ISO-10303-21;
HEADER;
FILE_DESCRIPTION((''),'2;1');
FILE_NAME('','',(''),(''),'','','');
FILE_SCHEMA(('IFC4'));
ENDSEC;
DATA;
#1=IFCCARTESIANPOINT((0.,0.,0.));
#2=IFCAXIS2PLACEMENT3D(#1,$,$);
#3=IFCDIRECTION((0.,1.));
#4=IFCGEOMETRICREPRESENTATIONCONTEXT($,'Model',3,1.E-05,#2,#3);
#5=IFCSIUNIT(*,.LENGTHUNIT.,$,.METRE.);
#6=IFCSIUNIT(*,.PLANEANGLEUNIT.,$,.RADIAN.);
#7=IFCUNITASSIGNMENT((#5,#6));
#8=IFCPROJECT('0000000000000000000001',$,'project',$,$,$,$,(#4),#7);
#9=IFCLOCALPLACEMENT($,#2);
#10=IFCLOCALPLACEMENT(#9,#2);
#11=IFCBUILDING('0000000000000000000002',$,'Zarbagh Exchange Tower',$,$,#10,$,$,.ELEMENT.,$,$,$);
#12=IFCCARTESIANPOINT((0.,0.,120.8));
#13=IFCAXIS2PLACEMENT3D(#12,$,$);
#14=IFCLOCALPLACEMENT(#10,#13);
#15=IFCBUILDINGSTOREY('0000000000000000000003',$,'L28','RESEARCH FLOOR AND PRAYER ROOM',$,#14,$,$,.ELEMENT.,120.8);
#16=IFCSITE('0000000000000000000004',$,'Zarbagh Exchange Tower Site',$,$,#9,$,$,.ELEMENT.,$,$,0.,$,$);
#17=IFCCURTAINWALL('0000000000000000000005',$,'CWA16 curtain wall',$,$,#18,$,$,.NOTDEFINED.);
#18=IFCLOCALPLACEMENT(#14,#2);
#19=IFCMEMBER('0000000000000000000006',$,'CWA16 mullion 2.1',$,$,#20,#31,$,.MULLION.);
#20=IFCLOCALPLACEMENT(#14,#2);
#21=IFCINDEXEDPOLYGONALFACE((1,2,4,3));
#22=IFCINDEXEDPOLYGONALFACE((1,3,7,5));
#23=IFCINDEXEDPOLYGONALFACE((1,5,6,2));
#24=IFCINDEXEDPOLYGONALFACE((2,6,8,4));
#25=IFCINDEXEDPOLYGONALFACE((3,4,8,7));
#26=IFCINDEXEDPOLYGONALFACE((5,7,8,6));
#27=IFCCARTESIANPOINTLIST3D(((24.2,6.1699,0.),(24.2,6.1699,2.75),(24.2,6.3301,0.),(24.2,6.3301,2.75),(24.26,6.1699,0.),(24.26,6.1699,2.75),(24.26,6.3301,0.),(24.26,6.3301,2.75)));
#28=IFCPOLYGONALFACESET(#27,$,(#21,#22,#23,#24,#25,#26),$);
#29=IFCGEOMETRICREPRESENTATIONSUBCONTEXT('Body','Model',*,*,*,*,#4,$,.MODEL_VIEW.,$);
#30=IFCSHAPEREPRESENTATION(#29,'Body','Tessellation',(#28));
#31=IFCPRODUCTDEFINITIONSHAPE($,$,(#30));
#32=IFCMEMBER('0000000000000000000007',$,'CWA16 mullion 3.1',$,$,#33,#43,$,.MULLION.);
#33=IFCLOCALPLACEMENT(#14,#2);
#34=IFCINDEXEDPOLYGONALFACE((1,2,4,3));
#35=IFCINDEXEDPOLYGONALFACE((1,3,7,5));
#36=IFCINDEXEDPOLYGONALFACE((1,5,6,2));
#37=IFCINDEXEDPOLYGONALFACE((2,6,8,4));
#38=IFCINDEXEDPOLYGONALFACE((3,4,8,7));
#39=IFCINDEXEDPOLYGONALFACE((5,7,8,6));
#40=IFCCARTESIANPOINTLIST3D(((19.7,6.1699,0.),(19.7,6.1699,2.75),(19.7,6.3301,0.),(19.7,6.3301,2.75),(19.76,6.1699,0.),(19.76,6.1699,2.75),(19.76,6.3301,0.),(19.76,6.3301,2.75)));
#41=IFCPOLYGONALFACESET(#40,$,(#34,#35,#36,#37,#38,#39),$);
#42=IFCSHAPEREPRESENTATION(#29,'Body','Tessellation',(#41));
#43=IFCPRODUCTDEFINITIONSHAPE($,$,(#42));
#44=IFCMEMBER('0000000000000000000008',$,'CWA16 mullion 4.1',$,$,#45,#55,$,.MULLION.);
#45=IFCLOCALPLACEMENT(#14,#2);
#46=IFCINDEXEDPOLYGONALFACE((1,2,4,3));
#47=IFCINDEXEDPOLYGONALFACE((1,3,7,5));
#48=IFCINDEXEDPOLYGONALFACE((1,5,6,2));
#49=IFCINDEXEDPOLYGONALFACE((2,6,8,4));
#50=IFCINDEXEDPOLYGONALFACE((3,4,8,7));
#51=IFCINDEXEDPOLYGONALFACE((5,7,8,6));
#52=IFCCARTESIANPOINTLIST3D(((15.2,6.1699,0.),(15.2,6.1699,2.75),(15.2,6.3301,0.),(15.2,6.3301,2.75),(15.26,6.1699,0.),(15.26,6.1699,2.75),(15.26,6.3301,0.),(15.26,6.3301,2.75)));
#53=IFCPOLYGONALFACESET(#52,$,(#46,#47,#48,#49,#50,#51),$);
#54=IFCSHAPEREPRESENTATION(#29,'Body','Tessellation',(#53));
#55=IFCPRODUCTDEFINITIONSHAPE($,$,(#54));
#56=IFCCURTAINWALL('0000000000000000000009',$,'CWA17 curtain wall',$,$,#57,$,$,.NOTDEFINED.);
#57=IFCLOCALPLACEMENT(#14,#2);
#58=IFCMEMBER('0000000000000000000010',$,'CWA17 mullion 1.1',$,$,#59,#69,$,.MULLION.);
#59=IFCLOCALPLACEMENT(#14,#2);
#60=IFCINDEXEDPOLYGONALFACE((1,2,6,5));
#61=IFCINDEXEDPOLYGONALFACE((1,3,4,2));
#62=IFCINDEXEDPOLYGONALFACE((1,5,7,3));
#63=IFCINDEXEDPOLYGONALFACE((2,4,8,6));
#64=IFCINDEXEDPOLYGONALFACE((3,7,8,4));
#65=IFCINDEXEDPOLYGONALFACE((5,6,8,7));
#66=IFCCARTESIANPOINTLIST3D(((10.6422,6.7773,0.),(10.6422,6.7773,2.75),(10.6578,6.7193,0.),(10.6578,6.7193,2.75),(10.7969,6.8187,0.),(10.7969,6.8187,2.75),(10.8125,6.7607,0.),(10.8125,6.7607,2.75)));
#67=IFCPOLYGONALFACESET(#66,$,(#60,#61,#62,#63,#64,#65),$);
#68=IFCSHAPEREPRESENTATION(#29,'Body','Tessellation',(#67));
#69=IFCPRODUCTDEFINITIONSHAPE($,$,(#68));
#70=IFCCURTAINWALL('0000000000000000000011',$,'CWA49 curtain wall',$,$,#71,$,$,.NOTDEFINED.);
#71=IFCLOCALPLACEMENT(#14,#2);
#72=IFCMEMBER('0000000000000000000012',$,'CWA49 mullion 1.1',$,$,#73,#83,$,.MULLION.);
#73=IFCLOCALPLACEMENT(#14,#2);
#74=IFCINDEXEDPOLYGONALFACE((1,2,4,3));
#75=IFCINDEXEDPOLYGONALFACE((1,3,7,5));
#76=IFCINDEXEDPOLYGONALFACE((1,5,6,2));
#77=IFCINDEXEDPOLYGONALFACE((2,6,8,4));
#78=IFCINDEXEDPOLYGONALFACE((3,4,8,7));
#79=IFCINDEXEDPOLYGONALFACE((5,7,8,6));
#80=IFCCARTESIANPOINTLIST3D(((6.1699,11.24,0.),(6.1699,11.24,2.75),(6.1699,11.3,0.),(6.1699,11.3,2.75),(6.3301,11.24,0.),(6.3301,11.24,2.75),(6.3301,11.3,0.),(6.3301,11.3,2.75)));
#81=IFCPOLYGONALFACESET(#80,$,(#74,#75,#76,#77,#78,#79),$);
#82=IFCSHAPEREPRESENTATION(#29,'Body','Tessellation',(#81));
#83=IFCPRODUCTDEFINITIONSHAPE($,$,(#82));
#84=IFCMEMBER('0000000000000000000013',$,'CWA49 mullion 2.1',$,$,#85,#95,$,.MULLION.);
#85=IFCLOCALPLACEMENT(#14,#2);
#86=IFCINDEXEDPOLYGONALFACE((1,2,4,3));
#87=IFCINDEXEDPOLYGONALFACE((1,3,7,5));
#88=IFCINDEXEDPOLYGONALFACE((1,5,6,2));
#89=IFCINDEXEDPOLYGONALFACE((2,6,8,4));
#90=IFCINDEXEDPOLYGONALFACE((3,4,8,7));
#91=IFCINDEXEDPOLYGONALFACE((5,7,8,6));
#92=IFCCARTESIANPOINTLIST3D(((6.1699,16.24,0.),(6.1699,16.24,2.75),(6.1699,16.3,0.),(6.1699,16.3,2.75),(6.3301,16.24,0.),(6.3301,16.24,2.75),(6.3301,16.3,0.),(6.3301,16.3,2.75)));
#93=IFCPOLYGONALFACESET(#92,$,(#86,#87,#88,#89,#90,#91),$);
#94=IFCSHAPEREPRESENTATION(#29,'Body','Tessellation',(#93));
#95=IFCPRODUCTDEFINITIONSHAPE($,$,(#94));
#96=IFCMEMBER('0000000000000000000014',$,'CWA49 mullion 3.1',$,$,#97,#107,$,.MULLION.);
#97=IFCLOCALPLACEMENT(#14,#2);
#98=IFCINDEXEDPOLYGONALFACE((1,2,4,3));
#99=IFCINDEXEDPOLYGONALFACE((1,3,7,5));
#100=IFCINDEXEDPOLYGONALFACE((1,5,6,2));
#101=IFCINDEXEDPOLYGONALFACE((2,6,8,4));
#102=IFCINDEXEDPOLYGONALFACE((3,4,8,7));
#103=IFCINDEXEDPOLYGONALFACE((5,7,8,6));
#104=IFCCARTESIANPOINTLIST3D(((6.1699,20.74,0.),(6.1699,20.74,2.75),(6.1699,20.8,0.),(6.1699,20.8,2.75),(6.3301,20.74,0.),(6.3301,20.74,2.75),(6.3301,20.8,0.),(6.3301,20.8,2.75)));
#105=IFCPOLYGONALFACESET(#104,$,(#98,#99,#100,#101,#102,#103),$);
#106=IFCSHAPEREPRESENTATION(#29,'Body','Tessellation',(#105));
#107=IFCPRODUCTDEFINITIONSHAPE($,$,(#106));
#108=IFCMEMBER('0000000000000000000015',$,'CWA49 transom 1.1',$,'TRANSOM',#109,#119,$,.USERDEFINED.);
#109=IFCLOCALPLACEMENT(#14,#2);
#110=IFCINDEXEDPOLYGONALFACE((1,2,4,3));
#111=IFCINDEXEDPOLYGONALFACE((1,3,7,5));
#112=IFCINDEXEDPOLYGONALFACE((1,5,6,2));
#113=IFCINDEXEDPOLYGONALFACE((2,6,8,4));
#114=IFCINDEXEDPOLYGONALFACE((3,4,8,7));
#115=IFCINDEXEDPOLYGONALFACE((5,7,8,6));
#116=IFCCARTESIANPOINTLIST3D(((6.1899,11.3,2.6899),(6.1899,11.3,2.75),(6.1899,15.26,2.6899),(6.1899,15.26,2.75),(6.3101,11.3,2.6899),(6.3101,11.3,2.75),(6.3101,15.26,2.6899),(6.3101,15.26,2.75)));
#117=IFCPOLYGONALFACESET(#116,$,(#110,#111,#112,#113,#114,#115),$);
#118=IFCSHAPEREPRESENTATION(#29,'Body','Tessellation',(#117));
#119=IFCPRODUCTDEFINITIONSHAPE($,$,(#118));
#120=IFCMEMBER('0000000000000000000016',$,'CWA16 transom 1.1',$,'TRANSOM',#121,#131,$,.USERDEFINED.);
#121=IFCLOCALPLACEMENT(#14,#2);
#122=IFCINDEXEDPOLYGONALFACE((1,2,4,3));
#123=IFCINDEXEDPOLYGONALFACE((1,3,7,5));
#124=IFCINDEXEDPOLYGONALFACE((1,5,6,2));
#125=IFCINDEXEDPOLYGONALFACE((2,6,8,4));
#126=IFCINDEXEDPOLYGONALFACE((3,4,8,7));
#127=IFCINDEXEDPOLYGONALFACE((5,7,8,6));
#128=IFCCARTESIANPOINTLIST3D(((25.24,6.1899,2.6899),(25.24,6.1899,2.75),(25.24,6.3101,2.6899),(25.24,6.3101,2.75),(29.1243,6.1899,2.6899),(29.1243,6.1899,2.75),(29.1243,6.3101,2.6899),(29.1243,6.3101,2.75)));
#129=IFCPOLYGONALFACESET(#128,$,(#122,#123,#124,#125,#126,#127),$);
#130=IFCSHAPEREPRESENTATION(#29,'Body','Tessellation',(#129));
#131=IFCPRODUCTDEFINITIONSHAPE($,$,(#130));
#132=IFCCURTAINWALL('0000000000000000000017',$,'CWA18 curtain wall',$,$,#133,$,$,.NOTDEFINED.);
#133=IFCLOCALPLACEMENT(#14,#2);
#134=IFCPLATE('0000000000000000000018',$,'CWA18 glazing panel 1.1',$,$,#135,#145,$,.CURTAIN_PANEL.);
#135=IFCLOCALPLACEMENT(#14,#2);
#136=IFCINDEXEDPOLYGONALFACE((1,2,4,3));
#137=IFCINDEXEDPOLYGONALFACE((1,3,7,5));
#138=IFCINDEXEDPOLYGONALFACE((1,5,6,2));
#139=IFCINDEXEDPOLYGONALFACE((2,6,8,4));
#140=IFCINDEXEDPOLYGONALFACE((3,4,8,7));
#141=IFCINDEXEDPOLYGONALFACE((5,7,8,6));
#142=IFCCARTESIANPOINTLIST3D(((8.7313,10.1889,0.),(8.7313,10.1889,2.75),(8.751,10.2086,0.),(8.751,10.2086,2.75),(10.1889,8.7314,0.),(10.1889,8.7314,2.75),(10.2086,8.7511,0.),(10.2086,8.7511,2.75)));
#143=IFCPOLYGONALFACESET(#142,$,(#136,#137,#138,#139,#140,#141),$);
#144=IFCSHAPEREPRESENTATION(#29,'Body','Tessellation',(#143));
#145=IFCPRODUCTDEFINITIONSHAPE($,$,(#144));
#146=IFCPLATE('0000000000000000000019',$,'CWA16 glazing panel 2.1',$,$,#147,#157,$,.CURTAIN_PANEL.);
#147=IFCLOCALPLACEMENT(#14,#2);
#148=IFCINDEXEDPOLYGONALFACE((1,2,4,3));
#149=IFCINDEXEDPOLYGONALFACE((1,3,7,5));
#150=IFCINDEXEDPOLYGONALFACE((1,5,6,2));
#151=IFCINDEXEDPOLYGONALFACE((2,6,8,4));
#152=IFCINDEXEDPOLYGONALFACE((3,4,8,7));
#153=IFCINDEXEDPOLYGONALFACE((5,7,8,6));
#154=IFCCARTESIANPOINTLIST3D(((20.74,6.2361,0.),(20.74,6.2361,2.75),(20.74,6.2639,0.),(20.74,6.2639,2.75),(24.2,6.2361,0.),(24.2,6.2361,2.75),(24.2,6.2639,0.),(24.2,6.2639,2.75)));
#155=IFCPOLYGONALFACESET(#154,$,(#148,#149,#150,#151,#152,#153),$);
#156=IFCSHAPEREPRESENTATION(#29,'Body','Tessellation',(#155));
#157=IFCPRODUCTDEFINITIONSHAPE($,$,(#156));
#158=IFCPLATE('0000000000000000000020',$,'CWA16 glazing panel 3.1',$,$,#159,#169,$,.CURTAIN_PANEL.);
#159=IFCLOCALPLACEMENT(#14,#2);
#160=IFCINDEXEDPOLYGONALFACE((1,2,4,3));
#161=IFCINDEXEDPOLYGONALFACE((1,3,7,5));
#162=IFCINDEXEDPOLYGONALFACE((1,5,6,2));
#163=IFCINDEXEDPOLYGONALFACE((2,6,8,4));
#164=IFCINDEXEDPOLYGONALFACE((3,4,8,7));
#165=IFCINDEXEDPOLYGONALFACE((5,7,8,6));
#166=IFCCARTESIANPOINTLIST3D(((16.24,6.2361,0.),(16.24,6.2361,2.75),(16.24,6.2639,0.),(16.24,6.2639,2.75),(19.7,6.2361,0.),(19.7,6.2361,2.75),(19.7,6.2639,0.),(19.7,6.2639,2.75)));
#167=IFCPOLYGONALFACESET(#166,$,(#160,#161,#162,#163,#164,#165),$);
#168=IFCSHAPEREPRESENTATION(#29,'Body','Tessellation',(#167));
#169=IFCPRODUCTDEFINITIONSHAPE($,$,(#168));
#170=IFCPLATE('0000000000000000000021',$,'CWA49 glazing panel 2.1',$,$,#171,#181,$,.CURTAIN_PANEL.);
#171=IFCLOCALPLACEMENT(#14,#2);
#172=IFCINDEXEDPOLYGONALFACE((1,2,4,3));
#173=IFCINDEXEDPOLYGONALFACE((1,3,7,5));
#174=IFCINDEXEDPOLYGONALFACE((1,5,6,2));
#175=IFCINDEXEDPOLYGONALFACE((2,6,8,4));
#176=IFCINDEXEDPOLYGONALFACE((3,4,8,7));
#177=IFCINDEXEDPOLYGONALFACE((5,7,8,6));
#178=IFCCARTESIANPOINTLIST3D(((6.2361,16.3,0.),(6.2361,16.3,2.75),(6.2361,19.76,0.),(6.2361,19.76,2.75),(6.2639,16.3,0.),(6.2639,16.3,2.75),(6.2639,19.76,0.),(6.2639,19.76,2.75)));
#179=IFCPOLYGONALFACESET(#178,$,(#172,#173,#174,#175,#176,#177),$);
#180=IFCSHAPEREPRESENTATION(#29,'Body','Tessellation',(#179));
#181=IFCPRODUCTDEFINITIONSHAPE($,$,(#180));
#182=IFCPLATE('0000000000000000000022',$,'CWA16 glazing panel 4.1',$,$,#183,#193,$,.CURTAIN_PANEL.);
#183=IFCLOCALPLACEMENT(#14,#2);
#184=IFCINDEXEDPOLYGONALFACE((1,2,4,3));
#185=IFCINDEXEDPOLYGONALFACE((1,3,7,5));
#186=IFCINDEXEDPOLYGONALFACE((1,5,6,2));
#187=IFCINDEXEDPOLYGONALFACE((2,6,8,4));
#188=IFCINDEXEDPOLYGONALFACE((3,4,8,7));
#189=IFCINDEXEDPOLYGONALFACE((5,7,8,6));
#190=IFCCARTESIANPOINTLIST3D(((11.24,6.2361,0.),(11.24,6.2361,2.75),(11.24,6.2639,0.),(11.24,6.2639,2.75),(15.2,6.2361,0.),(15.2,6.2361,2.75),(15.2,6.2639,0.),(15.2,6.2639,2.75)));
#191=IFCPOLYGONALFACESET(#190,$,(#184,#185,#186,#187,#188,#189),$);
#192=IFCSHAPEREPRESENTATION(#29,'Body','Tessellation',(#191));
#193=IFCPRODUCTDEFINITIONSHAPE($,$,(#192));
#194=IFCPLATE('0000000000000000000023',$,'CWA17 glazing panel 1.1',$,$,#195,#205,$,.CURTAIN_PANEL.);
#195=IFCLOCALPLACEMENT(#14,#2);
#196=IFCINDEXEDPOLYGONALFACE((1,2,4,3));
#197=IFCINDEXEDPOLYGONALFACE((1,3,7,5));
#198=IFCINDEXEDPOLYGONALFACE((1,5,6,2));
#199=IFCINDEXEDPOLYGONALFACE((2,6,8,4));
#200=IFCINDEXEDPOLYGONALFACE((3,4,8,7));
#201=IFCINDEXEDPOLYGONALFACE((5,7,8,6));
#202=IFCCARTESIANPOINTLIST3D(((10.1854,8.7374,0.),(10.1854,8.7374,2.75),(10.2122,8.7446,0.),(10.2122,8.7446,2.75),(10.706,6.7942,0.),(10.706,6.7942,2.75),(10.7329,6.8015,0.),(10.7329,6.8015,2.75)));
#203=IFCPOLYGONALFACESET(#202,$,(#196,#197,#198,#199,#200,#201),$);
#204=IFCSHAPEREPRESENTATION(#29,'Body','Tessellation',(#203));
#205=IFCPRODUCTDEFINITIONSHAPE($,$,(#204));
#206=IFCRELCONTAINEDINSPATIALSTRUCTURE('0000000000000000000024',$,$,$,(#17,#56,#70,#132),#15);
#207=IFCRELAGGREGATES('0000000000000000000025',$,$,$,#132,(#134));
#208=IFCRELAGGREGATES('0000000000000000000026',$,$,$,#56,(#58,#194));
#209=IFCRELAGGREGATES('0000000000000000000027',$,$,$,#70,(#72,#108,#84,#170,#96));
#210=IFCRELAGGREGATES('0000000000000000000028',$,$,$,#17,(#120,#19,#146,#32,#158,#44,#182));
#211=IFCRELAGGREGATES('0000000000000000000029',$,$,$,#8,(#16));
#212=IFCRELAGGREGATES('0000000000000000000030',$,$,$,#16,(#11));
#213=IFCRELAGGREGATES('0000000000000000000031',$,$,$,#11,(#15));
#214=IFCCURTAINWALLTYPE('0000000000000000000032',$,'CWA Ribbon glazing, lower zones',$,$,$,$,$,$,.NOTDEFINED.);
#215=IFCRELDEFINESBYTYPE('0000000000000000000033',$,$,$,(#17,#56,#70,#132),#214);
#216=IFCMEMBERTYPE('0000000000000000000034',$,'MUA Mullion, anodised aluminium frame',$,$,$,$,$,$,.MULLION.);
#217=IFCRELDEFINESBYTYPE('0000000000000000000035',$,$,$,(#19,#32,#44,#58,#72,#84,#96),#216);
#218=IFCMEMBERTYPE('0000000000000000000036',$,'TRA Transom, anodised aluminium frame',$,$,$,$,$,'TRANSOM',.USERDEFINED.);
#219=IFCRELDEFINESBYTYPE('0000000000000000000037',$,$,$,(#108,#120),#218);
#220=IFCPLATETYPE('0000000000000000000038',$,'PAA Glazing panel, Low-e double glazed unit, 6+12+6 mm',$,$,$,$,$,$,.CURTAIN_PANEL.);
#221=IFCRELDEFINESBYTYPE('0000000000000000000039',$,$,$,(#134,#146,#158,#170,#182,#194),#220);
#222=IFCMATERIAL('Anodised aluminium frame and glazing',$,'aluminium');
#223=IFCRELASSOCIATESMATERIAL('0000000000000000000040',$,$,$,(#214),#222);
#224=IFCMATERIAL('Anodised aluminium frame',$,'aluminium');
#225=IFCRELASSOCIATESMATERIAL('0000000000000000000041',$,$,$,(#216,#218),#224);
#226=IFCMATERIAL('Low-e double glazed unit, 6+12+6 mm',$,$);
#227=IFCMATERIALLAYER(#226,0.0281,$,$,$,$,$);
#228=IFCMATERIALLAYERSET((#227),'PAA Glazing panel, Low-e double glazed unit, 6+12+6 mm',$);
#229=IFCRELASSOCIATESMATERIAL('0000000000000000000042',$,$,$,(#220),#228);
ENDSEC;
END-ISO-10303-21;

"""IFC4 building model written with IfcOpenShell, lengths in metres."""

from ifc_helpers import new_model, si_unit, direction, frame, origin, place, context, subcontext, project, spatial, polyline, outline, extrude, source, transform, mapped, material, layer, layer_set, type_object, element, aggregate, save


model = new_model("IFC4")

# Units and contexts
model_context = context("Model", 3, precision=1e-05, world=origin(), true_north=direction((0.0, 1.0)))
body_context = subcontext(model_context, "Body", "Model", "MODEL_VIEW")
ifc_project = project(units=[si_unit("LENGTHUNIT", "METRE"), si_unit("PLANEANGLEUNIT", "RADIAN")], contexts=[model_context])

# Site, building, storey
site_placement = place(None, origin())
site = spatial("IfcSite", under=ifc_project, at=site_placement, Name="Zarbagh Exchange Tower Site", CompositionType="ELEMENT", RefElevation=0.0)
building_placement = place(site_placement, origin())
building = spatial("IfcBuilding", under=site, at=building_placement, Name="Zarbagh Exchange Tower", CompositionType="ELEMENT")
storey_placement = place(building_placement, frame((0.0, 0.0, 120.8)))
storey = spatial("IfcBuildingStorey", under=building, at=storey_placement, Name="L28", Description="RESEARCH FLOOR AND PRAYER ROOM", CompositionType="ELEMENT", Elevation=120.8)

# Curtain wall, members
ifc_material_1 = material(Name="Anodised aluminium frame and glazing", Category="aluminium")
curtain_wall_type = type_object("IfcCurtainWallType", Name="CWA Ribbon glazing, lower zones", PredefinedType="NOTDEFINED", material=ifc_material_1)
curtain_wall_1_placement = place(storey_placement, origin())
curtain_wall_1 = element("IfcCurtainWall", 1, at=curtain_wall_1_placement, inside=storey, type_object=curtain_wall_type, Name="CWA16 curtain wall", PredefinedType="NOTDEFINED")
ifc_material_2 = material(Name="Anodised aluminium frame", Category="aluminium")
member_type_1 = type_object("IfcMemberType", Name="MUA Mullion, anodised aluminium frame", PredefinedType="MULLION", material=ifc_material_2)
shared_shape_1 = source(origin(), body_context, "Body", "SweptSolid", [
    extrude(outline(polyline([(0.0, -0.0801), (0.0601, -0.0801), (0.0601, 0.0801), (0.0, 0.0801), (0.0, -0.0801)])), origin(), (0.0, 0.0, 1.0), 2.75),
])
placement = place(storey_placement, origin())
member_1 = element("IfcMember", 2, at=placement, type_object=member_type_1, Name="CWA16 mullion 2.1", PredefinedType="MULLION", context=body_context, shape_type="MappedRepresentation", body=[
    mapped(shared_shape_1, transform((24.26, 6.25, 0.0), x_axis=(-1.0, 0.0, 0.0), y_axis=(0.0, -1.0, 0.0), z_axis=(0.0, 0.0, 1.0))),
])
member_2 = element("IfcMember", 3, at=placement, type_object=member_type_1, Name="CWA16 mullion 3.1", PredefinedType="MULLION", context=body_context, shape_type="MappedRepresentation", body=[
    mapped(shared_shape_1, transform((19.76, 6.25, 0.0), x_axis=(-1.0, 0.0, 0.0), y_axis=(0.0, -1.0, 0.0), z_axis=(0.0, 0.0, 1.0))),
])
member_3 = element("IfcMember", 4, at=placement, type_object=member_type_1, Name="CWA16 mullion 4.1", PredefinedType="MULLION", context=body_context, shape_type="MappedRepresentation", body=[
    mapped(shared_shape_1, transform((15.26, 6.25, 0.0), x_axis=(-1.0, 0.0, 0.0), y_axis=(0.0, -1.0, 0.0), z_axis=(0.0, 0.0, 1.0))),
])

# Curtain wall, member
curtain_wall_2_placement = place(storey_placement, origin())
curtain_wall_2 = element("IfcCurtainWall", 5, at=curtain_wall_2_placement, inside=storey, type_object=curtain_wall_type, Name="CWA17 curtain wall", PredefinedType="NOTDEFINED")
member_4 = element("IfcMember", 6, at=placement, type_object=member_type_1, Name="CWA17 mullion 1.1", PredefinedType="MULLION", context=body_context, shape_type="MappedRepresentation", body=[
    mapped(shared_shape_1, transform((10.7351, 6.74, 0.0), x_axis=(-0.258825, 0.965924, 0.0), y_axis=(-0.965924, -0.258825, 0.0), z_axis=(0.0, 0.0, 1.0))),
])

# Curtain wall, members
curtain_wall_3_placement = place(storey_placement, origin())
curtain_wall_3 = element("IfcCurtainWall", 7, at=curtain_wall_3_placement, inside=storey, type_object=curtain_wall_type, Name="CWA49 curtain wall", PredefinedType="NOTDEFINED")
member_5 = element("IfcMember", 8, at=placement, type_object=member_type_1, Name="CWA49 mullion 1.1", PredefinedType="MULLION", context=body_context, shape_type="MappedRepresentation", body=[
    mapped(shared_shape_1, transform((6.25, 11.24, 0.0), x_axis=(0.0, 1.0, 0.0), y_axis=(-1.0, 0.0, 0.0), z_axis=(0.0, 0.0, 1.0))),
])
member_6 = element("IfcMember", 9, at=placement, type_object=member_type_1, Name="CWA49 mullion 2.1", PredefinedType="MULLION", context=body_context, shape_type="MappedRepresentation", body=[
    mapped(shared_shape_1, transform((6.25, 16.24, 0.0), x_axis=(0.0, 1.0, 0.0), y_axis=(-1.0, 0.0, 0.0), z_axis=(0.0, 0.0, 1.0))),
])
member_7 = element("IfcMember", 10, at=placement, type_object=member_type_1, Name="CWA49 mullion 3.1", PredefinedType="MULLION", context=body_context, shape_type="MappedRepresentation", body=[
    mapped(shared_shape_1, transform((6.25, 20.74, 0.0), x_axis=(0.0, 1.0, 0.0), y_axis=(-1.0, 0.0, 0.0), z_axis=(0.0, 0.0, 1.0))),
])
member_type_2 = type_object("IfcMemberType", Name="TRA Transom, anodised aluminium frame", ElementType="TRANSOM", PredefinedType="USERDEFINED", material=ifc_material_2)
shared_shape_2 = source(origin(), body_context, "Body", "SweptSolid", [
    extrude(outline(polyline([(-0.0601, -0.0601), (0.0, -0.0601), (0.0, 0.0601), (-0.0601, 0.0601), (-0.0601, -0.0601)])), origin(), (0.0, 0.0, 1.0), 3.96),
])
member_8 = element("IfcMember", 11, at=placement, type_object=member_type_2, Name="CWA49 transom 1.1", ObjectType="TRANSOM", PredefinedType="USERDEFINED", context=body_context, shape_type="MappedRepresentation", body=[
    mapped(shared_shape_2, transform((6.25, 11.3, 2.75), x_axis=(0.0, 0.0, 1.0), y_axis=(1.0, 0.0, 0.0), z_axis=(0.0, 1.0, 0.0))),
])

# Member
shared_shape_3 = source(origin(), body_context, "Body", "SweptSolid", [
    extrude(outline(polyline([(-0.0601, -0.0601), (0.0, -0.0601), (0.0, 0.0601), (-0.0601, 0.0601), (-0.0601, -0.0601)])), origin(), (0.0, 0.0, 1.0), 3.8843),
])
member_9 = element("IfcMember", 12, at=placement, type_object=member_type_2, Name="CWA16 transom 1.1", ObjectType="TRANSOM", PredefinedType="USERDEFINED", context=body_context, shape_type="MappedRepresentation", body=[
    mapped(shared_shape_3, transform((29.1243, 6.25, 2.75), x_axis=(0.0, 0.0, 1.0), y_axis=(0.0, 1.0, 0.0), z_axis=(-1.0, 0.0, 0.0))),
])

# Curtain wall, plate
curtain_wall_4_placement = place(storey_placement, origin())
curtain_wall_4 = element("IfcCurtainWall", 13, at=curtain_wall_4_placement, inside=storey, type_object=curtain_wall_type, Name="CWA18 curtain wall", PredefinedType="NOTDEFINED")
ifc_material_3 = material(Name="Low-e double glazed unit, 6+12+6 mm")
ifc_layer_1 = layer(ifc_material_3, 0.0281)
ifc_layer_set_1 = layer_set([ifc_layer_1], Name="PAA Glazing panel, Low-e double glazed unit, 6+12+6 mm")
plate_type = type_object("IfcPlateType", Name="PAA Glazing panel, Low-e double glazed unit, 6+12+6 mm", PredefinedType="CURTAIN_PANEL", material=ifc_layer_set_1)
shared_shape_4 = source(origin(), body_context, "Body", "SweptSolid", [
    extrude(outline(polyline([(0.0, -0.0139), (2.0613, -0.0139), (2.0613, 0.0139), (0.0, 0.0139), (0.0, -0.0139)])), origin(), (0.0, 0.0, 1.0), 2.75),
])
plate_1 = element("IfcPlate", 14, at=placement, type_object=plate_type, Name="CWA18 glazing panel 1.1", PredefinedType="CURTAIN_PANEL", context=body_context, shape_type="MappedRepresentation", body=[
    mapped(shared_shape_4, transform((10.1987, 8.7412, 0.0), x_axis=(-0.707107, 0.707107, 0.0), y_axis=(-0.707107, -0.707107, 0.0), z_axis=(0.0, 0.0, 1.0))),
])
aggregate(curtain_wall_4, [plate_1])

# Plates
shared_shape_5 = source(origin(), body_context, "Body", "SweptSolid", [
    extrude(outline(polyline([(0.0, -0.0139), (3.46, -0.0139), (3.46, 0.0139), (0.0, 0.0139), (0.0, -0.0139)])), origin(), (0.0, 0.0, 1.0), 2.75),
])
plate_2 = element("IfcPlate", 15, at=placement, type_object=plate_type, Name="CWA16 glazing panel 2.1", PredefinedType="CURTAIN_PANEL", context=body_context, shape_type="MappedRepresentation", body=[
    mapped(shared_shape_5, transform((24.2, 6.25, 0.0), x_axis=(-1.0, 0.0, 0.0), y_axis=(0.0, -1.0, 0.0), z_axis=(0.0, 0.0, 1.0))),
])
plate_3 = element("IfcPlate", 16, at=placement, type_object=plate_type, Name="CWA16 glazing panel 3.1", PredefinedType="CURTAIN_PANEL", context=body_context, shape_type="MappedRepresentation", body=[
    mapped(shared_shape_5, transform((19.7, 6.25, 0.0), x_axis=(-1.0, 0.0, 0.0), y_axis=(0.0, -1.0, 0.0), z_axis=(0.0, 0.0, 1.0))),
])
plate_4 = element("IfcPlate", 17, at=placement, type_object=plate_type, Name="CWA49 glazing panel 2.1", PredefinedType="CURTAIN_PANEL", context=body_context, shape_type="MappedRepresentation", body=[
    mapped(shared_shape_5, transform((6.25, 16.3, 0.0), x_axis=(0.0, 1.0, 0.0), y_axis=(-1.0, 0.0, 0.0), z_axis=(0.0, 0.0, 1.0))),
])
shared_shape_6 = source(origin(), body_context, "Body", "SweptSolid", [
    extrude(outline(polyline([(0.0, -0.0139), (3.96, -0.0139), (3.96, 0.0139), (0.0, 0.0139), (0.0, -0.0139)])), origin(), (0.0, 0.0, 1.0), 2.75),
])
plate_5 = element("IfcPlate", 18, at=placement, type_object=plate_type, Name="CWA16 glazing panel 4.1", PredefinedType="CURTAIN_PANEL", context=body_context, shape_type="MappedRepresentation", body=[
    mapped(shared_shape_6, transform((15.2, 6.25, 0.0), x_axis=(-1.0, 0.0, 0.0), y_axis=(0.0, -1.0, 0.0), z_axis=(0.0, 0.0, 1.0))),
])
shared_shape_7 = source(origin(), body_context, "Body", "SweptSolid", [
    extrude(outline(polyline([(0.0, -0.0139), (2.0117, -0.0139), (2.0117, 0.0139), (0.0, 0.0139), (0.0, -0.0139)])), origin(), (0.0, 0.0, 1.0), 2.75),
])
plate_6 = element("IfcPlate", 19, at=placement, type_object=plate_type, Name="CWA17 glazing panel 1.1", PredefinedType="CURTAIN_PANEL", context=body_context, shape_type="MappedRepresentation", body=[
    mapped(shared_shape_7, transform((10.7195, 6.7979, 0.0), x_axis=(-0.258825, 0.965924, 0.0), y_axis=(-0.965924, -0.258825, 0.0), z_axis=(0.0, 0.0, 1.0))),
])
aggregate(curtain_wall_2, [member_4, plate_6])

aggregate(curtain_wall_3, [member_5, member_8, member_6, plate_4, member_7])
aggregate(curtain_wall_1, [member_9, member_1, plate_2, member_2, plate_3, member_3, plate_5])

save(model, "model.ifc")
